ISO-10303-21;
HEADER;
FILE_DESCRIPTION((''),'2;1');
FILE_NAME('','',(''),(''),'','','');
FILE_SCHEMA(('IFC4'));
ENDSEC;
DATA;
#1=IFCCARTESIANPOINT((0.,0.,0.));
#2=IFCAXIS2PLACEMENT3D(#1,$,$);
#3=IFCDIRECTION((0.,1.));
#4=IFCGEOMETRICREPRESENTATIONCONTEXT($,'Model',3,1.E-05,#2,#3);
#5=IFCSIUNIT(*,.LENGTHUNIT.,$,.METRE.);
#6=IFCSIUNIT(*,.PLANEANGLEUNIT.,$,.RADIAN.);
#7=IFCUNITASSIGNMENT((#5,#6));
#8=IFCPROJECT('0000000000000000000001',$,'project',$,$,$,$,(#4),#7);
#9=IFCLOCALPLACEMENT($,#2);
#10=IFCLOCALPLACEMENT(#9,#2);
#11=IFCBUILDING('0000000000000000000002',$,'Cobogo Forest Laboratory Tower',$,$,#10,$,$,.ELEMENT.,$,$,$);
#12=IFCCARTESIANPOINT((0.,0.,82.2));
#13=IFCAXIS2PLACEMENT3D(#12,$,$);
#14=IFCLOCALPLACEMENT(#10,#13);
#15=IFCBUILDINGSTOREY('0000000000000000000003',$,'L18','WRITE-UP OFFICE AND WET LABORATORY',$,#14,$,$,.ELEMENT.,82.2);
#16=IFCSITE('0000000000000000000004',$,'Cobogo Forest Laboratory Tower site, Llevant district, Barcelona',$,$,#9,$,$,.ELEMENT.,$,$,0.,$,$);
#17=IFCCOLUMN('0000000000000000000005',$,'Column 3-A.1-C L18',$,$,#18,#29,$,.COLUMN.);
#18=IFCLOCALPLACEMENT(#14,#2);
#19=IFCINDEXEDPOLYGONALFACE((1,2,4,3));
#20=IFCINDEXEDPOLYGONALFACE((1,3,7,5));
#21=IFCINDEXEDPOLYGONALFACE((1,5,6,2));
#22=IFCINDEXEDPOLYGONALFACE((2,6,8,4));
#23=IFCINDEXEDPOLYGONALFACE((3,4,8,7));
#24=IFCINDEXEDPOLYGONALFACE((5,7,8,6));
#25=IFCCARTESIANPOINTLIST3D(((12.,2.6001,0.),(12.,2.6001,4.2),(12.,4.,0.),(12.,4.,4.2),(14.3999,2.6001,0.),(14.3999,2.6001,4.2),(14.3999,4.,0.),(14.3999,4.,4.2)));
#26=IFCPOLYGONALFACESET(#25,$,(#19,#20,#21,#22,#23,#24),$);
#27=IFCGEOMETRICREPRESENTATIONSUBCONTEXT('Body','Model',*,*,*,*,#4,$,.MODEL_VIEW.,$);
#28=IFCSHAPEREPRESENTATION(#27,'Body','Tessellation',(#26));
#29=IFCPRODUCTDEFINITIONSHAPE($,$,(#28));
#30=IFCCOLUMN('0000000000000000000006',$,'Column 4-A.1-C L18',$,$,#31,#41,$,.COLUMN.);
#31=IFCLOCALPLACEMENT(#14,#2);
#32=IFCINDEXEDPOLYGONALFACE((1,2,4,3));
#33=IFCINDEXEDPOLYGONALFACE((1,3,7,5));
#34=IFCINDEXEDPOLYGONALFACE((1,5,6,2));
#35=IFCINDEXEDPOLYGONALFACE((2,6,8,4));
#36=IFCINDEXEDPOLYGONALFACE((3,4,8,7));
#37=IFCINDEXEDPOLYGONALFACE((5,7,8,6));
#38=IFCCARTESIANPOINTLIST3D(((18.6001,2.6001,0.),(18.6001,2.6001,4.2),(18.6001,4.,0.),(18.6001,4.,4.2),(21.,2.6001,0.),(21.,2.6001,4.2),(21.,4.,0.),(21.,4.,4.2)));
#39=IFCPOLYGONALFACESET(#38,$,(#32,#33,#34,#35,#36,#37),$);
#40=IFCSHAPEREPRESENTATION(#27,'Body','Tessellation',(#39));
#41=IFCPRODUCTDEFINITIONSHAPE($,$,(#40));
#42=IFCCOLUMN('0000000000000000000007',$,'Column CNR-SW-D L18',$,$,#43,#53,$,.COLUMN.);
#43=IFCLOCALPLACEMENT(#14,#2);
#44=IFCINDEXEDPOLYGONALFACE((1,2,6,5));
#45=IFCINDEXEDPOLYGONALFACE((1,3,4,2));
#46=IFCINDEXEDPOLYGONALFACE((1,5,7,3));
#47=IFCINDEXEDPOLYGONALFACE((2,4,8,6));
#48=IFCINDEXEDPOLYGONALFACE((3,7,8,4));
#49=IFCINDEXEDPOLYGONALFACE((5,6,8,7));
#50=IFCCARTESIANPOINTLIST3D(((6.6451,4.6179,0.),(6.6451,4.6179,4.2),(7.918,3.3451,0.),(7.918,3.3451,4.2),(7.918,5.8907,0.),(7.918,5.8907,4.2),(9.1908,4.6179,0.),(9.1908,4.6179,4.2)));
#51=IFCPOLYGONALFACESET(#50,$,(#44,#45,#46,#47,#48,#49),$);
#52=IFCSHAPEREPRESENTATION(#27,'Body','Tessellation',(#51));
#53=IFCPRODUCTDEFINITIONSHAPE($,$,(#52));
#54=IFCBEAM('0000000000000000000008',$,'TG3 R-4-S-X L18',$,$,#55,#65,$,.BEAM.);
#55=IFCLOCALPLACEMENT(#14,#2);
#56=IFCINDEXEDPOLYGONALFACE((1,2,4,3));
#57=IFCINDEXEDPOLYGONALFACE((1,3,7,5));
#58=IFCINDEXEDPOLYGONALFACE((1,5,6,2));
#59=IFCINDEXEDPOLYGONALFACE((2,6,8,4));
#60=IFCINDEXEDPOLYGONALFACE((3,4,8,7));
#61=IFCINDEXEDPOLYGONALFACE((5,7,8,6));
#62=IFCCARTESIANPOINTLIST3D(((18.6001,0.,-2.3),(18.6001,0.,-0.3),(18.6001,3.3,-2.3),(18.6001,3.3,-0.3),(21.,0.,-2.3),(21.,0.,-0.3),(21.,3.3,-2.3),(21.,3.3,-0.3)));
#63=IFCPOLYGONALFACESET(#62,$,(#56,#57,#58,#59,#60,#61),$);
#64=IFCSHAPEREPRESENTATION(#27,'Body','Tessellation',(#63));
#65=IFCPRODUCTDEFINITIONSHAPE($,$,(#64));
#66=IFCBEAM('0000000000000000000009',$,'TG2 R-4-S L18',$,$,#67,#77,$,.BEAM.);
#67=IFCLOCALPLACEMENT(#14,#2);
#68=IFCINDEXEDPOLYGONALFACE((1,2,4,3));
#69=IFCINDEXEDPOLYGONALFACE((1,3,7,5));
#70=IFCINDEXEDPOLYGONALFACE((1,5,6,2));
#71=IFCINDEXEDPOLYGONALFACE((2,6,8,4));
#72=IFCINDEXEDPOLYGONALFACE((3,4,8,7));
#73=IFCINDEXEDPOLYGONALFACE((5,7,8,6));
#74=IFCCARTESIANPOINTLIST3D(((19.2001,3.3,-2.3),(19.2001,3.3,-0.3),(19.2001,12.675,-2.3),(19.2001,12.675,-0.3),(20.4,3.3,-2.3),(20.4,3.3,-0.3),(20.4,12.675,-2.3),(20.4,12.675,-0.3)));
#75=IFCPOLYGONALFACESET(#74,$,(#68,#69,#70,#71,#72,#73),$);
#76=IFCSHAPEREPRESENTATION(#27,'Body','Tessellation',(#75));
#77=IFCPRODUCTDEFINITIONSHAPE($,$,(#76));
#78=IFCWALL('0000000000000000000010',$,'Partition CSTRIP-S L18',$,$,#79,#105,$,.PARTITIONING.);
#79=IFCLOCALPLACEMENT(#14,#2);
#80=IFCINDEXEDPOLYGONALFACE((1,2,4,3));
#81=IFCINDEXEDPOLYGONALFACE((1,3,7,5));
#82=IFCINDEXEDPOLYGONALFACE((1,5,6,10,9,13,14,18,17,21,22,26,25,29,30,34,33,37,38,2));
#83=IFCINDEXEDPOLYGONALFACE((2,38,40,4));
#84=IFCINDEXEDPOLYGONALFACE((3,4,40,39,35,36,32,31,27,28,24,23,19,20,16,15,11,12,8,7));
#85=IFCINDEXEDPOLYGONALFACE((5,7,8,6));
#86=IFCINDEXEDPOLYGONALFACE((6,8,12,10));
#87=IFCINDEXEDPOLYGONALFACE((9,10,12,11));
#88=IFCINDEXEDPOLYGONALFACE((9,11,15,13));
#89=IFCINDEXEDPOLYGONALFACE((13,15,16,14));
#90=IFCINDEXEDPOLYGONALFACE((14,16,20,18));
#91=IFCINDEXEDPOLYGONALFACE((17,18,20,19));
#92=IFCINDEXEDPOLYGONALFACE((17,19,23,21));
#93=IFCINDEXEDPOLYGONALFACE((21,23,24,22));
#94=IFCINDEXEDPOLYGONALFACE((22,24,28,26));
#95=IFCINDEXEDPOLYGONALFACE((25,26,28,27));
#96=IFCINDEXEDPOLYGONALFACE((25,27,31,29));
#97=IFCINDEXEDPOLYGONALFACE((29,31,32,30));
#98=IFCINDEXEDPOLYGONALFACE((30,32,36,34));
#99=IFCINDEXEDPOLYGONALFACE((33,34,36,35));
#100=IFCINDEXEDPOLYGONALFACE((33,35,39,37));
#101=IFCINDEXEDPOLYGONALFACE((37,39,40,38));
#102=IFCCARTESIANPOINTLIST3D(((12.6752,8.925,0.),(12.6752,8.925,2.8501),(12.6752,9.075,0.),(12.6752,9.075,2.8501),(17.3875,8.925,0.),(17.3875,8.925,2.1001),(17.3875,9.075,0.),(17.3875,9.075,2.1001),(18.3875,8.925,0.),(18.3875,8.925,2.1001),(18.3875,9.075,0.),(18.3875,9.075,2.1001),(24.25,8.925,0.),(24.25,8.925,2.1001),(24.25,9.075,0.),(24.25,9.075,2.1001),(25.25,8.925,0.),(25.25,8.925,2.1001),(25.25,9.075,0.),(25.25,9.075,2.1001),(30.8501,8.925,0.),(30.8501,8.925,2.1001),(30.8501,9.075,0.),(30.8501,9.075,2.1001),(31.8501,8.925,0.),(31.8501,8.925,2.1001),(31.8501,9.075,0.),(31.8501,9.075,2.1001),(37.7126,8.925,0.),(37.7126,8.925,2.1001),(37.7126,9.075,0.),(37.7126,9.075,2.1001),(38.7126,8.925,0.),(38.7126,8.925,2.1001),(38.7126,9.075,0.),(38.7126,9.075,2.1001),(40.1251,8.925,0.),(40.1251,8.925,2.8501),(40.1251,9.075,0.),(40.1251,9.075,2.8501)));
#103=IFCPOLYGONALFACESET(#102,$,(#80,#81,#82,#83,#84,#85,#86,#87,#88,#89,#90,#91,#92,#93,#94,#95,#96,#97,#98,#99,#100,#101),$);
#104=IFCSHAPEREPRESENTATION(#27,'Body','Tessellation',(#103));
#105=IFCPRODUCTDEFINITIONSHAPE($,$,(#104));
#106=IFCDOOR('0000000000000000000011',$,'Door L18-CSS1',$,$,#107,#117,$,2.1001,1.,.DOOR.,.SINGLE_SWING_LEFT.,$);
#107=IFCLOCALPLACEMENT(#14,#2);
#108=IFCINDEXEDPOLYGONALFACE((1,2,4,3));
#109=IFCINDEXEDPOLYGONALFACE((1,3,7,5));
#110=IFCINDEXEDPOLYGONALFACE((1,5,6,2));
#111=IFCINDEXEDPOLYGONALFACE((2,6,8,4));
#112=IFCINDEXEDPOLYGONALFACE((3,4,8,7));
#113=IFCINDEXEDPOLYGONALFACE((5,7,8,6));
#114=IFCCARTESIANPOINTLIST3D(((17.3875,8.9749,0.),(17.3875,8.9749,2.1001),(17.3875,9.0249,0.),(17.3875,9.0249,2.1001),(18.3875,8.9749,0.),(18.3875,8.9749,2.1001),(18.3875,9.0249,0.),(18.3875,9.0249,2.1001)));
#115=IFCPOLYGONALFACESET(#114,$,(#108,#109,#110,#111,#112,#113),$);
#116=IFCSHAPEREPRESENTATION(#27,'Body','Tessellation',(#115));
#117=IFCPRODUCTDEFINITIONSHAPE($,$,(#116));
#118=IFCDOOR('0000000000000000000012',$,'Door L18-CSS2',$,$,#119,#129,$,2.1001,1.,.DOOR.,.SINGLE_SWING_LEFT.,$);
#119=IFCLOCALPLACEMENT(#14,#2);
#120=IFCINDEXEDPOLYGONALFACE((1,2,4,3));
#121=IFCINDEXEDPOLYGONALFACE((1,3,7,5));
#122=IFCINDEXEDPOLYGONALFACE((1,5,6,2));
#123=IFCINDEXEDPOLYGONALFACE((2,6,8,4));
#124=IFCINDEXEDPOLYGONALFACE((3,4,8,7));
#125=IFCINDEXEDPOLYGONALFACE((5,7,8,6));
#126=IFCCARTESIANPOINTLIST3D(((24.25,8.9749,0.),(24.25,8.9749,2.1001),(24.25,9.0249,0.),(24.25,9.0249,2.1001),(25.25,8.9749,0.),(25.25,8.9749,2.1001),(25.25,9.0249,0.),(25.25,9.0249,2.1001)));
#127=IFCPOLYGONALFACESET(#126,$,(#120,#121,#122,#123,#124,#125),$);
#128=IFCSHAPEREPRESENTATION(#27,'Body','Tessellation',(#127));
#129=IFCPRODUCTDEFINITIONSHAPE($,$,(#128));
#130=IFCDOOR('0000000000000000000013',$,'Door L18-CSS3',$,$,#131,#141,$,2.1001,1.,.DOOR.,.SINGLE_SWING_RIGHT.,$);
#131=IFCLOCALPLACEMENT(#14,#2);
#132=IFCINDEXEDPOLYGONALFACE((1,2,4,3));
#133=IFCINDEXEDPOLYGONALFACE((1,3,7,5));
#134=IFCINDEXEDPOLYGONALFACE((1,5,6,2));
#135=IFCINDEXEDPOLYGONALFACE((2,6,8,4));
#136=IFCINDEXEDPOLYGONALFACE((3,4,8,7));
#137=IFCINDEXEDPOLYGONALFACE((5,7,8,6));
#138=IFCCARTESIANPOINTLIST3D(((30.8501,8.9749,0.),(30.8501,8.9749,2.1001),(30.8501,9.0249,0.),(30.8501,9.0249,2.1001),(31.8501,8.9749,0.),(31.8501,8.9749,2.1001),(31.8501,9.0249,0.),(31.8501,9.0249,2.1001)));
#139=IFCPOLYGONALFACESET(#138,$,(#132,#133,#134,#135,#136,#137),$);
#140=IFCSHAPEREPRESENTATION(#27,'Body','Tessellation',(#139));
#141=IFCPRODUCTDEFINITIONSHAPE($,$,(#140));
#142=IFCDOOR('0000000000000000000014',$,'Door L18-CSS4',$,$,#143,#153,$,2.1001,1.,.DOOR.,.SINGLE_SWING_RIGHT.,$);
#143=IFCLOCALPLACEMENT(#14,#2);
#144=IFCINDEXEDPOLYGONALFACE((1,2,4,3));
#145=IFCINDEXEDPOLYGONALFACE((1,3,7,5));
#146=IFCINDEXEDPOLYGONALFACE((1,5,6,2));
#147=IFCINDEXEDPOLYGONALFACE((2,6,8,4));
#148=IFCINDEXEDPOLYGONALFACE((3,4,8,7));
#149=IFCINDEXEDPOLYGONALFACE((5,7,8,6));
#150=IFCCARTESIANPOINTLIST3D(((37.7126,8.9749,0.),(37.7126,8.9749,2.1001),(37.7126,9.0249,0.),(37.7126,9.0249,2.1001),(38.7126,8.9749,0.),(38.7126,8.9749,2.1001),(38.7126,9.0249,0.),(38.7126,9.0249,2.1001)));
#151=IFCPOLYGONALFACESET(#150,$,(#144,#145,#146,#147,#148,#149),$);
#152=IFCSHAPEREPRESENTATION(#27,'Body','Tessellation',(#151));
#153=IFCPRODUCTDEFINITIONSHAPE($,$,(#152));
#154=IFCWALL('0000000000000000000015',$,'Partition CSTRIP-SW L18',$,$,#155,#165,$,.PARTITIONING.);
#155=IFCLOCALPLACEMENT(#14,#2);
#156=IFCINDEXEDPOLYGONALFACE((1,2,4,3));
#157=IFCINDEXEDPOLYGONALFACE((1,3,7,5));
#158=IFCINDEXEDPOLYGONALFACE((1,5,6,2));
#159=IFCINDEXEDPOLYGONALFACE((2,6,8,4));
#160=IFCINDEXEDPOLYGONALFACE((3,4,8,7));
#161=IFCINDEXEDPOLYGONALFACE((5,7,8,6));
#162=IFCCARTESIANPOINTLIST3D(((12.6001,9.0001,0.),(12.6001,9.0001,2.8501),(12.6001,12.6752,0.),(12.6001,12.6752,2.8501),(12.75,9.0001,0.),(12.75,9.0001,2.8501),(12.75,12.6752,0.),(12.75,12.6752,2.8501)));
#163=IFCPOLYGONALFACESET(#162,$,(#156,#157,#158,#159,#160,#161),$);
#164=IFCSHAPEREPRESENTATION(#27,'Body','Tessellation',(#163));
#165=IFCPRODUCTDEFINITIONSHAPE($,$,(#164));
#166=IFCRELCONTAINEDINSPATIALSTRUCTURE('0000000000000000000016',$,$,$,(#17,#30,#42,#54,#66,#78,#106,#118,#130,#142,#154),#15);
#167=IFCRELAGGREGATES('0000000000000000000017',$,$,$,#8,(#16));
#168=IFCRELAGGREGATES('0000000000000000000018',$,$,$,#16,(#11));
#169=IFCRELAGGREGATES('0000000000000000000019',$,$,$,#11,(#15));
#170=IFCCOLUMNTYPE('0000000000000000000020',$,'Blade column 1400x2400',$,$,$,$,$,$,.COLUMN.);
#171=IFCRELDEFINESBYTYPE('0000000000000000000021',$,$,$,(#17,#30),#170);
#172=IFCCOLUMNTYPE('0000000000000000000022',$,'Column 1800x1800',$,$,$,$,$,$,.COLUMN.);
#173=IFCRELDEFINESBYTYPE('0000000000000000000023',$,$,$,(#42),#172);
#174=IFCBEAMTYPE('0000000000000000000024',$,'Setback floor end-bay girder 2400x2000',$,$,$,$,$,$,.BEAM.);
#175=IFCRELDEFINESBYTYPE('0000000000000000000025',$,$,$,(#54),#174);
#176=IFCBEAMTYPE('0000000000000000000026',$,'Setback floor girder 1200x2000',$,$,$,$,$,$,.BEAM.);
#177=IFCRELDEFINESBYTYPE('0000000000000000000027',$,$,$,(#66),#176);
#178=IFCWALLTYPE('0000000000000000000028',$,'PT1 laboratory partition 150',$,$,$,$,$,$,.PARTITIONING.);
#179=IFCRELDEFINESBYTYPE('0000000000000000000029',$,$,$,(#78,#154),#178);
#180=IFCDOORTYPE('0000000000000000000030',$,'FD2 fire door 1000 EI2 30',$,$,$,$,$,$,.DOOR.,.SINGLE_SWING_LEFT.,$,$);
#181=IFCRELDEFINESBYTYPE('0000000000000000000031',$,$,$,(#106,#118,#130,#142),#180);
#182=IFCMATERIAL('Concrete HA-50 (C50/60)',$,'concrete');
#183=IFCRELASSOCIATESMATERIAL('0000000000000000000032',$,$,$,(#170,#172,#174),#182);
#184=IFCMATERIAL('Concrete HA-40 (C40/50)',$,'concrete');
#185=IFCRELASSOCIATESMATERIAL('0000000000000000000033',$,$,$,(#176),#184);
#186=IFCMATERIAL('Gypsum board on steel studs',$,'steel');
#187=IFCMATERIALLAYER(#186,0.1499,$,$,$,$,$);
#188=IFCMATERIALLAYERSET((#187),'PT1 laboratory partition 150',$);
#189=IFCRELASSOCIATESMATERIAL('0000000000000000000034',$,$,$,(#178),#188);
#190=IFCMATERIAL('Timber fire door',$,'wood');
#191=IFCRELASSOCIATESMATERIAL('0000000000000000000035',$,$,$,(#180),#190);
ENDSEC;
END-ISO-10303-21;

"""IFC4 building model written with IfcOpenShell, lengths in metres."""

from ifc_helpers import new_model, si_unit, direction, frame, frame_2d, origin, origin_2d, place, context, subcontext, project, spatial, rectangle, extrude, material, layer, layer_set, material_profile, profile_set, type_object, element, fill, save


model = new_model("IFC4")

# Units and contexts
model_context = context("Model", 3, precision=1e-05, world=origin(), true_north=direction((0.0, 1.0)))
body_context = subcontext(model_context, "Body", "Model", "MODEL_VIEW")
ifc_project = project(units=[si_unit("LENGTHUNIT", "METRE"), si_unit("PLANEANGLEUNIT", "RADIAN")], contexts=[model_context])

# Site, building, storey
site_placement = place(None, origin())
site = spatial("IfcSite", under=ifc_project, at=site_placement, Name="Cobogo Forest Laboratory Tower site, Llevant district, Barcelona", CompositionType="ELEMENT", RefElevation=0.0)
building_placement = place(site_placement, origin())
building = spatial("IfcBuilding", under=site, at=building_placement, Name="Cobogo Forest Laboratory Tower", CompositionType="ELEMENT")
storey_placement = place(building_placement, frame((0.0, 0.0, 82.2)))
storey = spatial("IfcBuildingStorey", under=building, at=storey_placement, Name="L18", Description="WRITE-UP OFFICE AND WET LABORATORY", CompositionType="ELEMENT", Elevation=82.2)

# Columns
ifc_material_1 = material(Name="Concrete HA-50 (C50/60)", Category="concrete")
ifc_material_profile_1 = material_profile(ifc_material_1, rectangle(XDim=2.3999, YDim=1.3999, at=origin_2d()), Name="RC 1400x2400")
ifc_profile_set_1 = profile_set([ifc_material_profile_1], Name="Concrete HA-50 (C50/60)")
column_type_1 = type_object("IfcColumnType", Name="Blade column 1400x2400", PredefinedType="COLUMN", material=ifc_profile_set_1)
for number, where, z_axis, x_axis, name in (
    (1, (13.2, 3.3, 0.0), (0.0, 0.0, 1.0), (1.0, 0.0, 0.0), "Column 3-A.1-C L18"),
    (2, (19.8, 3.3, 0.0), (0.0, 0.0, 1.0), (1.0, 0.0, 0.0), "Column 4-A.1-C L18"),
):
    element("IfcColumn", number, at=place(storey_placement, frame(where, z_axis=z_axis, x_axis=x_axis)), inside=storey, type_object=column_type_1, Name=name, PredefinedType="COLUMN", context=body_context, shape_type="SweptSolid", body=[
        extrude(rectangle(XDim=2.3999, YDim=1.3999, at=origin_2d()), origin(), (0.0, 0.0, 1.0), 4.2),
    ])
ifc_material_profile_2 = material_profile(ifc_material_1, rectangle(XDim=1.8, YDim=1.8, at=origin_2d()), Name="RC 1800x1800")
ifc_profile_set_2 = profile_set([ifc_material_profile_2], Name="Concrete HA-50 (C50/60)")
column_type_2 = type_object("IfcColumnType", Name="Column 1800x1800", PredefinedType="COLUMN", material=ifc_profile_set_2)
column_placement = place(storey_placement, frame((7.918, 4.6179, 0.0), z_axis=(0.0, 0.0, 1.0), x_axis=(0.707107, 0.707107, 0.0)))
element("IfcColumn", 3, at=column_placement, inside=storey, type_object=column_type_2, Name="Column CNR-SW-D L18", PredefinedType="COLUMN", context=body_context, shape_type="SweptSolid", body=[
    extrude(rectangle(XDim=1.8, YDim=1.8, at=origin_2d()), origin(), (0.0, 0.0, 1.0), 4.2),
])

# Beams
ifc_material_profile_3 = material_profile(ifc_material_1, rectangle(XDim=2.3999, YDim=2.0, at=origin_2d()), Name="RC 2400x2000")
ifc_profile_set_3 = profile_set([ifc_material_profile_3], Name="Concrete HA-50 (C50/60)")
beam_type_1 = type_object("IfcBeamType", Name="Setback floor end-bay girder 2400x2000", PredefinedType="BEAM", material=ifc_profile_set_3)
beam_1_placement = place(storey_placement, frame((19.8, 0.0, -1.3), z_axis=(0.0, 1.0, 0.0), x_axis=(-1.0, 0.0, 0.0)))
element("IfcBeam", 4, at=beam_1_placement, inside=storey, type_object=beam_type_1, Name="TG3 R-4-S-X L18", PredefinedType="BEAM", context=body_context, shape_type="SweptSolid", body=[
    extrude(rectangle(XDim=2.3999, YDim=2.0, at=origin_2d()), origin(), (0.0, 0.0, 1.0), 3.3),
])
ifc_material_2 = material(Name="Concrete HA-40 (C40/50)", Category="concrete")
ifc_material_profile_4 = material_profile(ifc_material_2, rectangle(XDim=1.2, YDim=2.0, at=origin_2d()), Name="RC 1200x2000")
ifc_profile_set_4 = profile_set([ifc_material_profile_4], Name="Concrete HA-40 (C40/50)")
beam_type_2 = type_object("IfcBeamType", Name="Setback floor girder 1200x2000", PredefinedType="BEAM", material=ifc_profile_set_4)
beam_2_placement = place(storey_placement, frame((19.8, 12.675, -1.3), z_axis=(0.0, -1.0, 0.0), x_axis=(1.0, 0.0, 0.0)))
element("IfcBeam", 5, at=beam_2_placement, inside=storey, type_object=beam_type_2, Name="TG2 R-4-S L18", PredefinedType="BEAM", context=body_context, shape_type="SweptSolid", body=[
    extrude(rectangle(XDim=1.2, YDim=2.0, at=origin_2d()), origin(), (0.0, 0.0, 1.0), 9.375),
])

# Wall, openings, doors
ifc_material_3 = material(Name="Gypsum board on steel studs", Category="steel")
ifc_layer_1 = layer(ifc_material_3, 0.1499)
ifc_layer_set_1 = layer_set([ifc_layer_1], Name="PT1 laboratory partition 150")
wall_type_1 = type_object("IfcWallType", Name="PT1 laboratory partition 150", PredefinedType="PARTITIONING", material=ifc_layer_set_1)
wall_1_placement = place(storey_placement, frame((12.675, 9.0, 0.0), z_axis=(0.0, 0.0, 1.0), x_axis=(1.0, 0.0, 0.0)))
wall_1 = element("IfcWall", 6, at=wall_1_placement, inside=storey, type_object=wall_type_1, Name="Partition CSTRIP-S L18", PredefinedType="PARTITIONING", context=body_context, shape_type="SweptSolid", body=[
    extrude(rectangle(XDim=27.45, YDim=0.1499, at=frame_2d((13.7251, 0.0))), origin(), (0.0, 0.0, 1.0), 2.8501),
])
opening_1_placement = place(wall_1_placement, frame((4.7124, 0.0, 0.0)))
opening_1 = element("IfcOpeningElement", 7, at=opening_1_placement, cuts=wall_1, PredefinedType="OPENING", context=body_context, shape_type="SweptSolid", body=[
    extrude(rectangle(XDim=1.0, YDim=2.1001, at=frame_2d((0.5, 1.05))), frame((0.0, 0.085, 0.0), z_axis=(0.0, -1.0, 0.0), x_axis=(1.0, 0.0, 0.0)), (0.0, 0.0, 1.0), 0.1699),
])
opening_2_placement = place(wall_1_placement, frame((11.575, 0.0, 0.0)))
opening_2 = element("IfcOpeningElement", 8, at=opening_2_placement, cuts=wall_1, PredefinedType="OPENING", context=body_context, shape_type="SweptSolid", body=[
    extrude(rectangle(XDim=1.0, YDim=2.1001, at=frame_2d((0.5, 1.05))), frame((0.0, 0.085, 0.0), z_axis=(0.0, -1.0, 0.0), x_axis=(1.0, 0.0, 0.0)), (0.0, 0.0, 1.0), 0.1699),
])
opening_3_placement = place(wall_1_placement, frame((18.175, 0.0, 0.0)))
opening_3 = element("IfcOpeningElement", 9, at=opening_3_placement, cuts=wall_1, PredefinedType="OPENING", context=body_context, shape_type="SweptSolid", body=[
    extrude(rectangle(XDim=1.0, YDim=2.1001, at=frame_2d((0.5, 1.05))), frame((0.0, 0.085, 0.0), z_axis=(0.0, -1.0, 0.0), x_axis=(1.0, 0.0, 0.0)), (0.0, 0.0, 1.0), 0.1699),
])
opening_4_placement = place(wall_1_placement, frame((25.0376, 0.0, 0.0)))
opening_4 = element("IfcOpeningElement", 10, at=opening_4_placement, cuts=wall_1, PredefinedType="OPENING", context=body_context, shape_type="SweptSolid", body=[
    extrude(rectangle(XDim=1.0, YDim=2.1001, at=frame_2d((0.5, 1.05))), frame((0.0, 0.085, 0.0), z_axis=(0.0, -1.0, 0.0), x_axis=(1.0, 0.0, 0.0)), (0.0, 0.0, 1.0), 0.1699),
])
ifc_material_4 = material(Name="Timber fire door", Category="wood")
door_type_1 = type_object("IfcDoorType", Name="FD2 fire door 1000 EI2 30", OperationType="SINGLE_SWING_LEFT", PredefinedType="DOOR", material=ifc_material_4)
door_1_placement = place(opening_1_placement, origin())
door_1 = element("IfcDoor", 11, at=door_1_placement, inside=storey, type_object=door_type_1, Name="Door L18-CSS1", OperationType="SINGLE_SWING_LEFT", OverallHeight=2.1001, OverallWidth=1.0, PredefinedType="DOOR", context=body_context, shape_type="SweptSolid", body=[
    extrude(rectangle(XDim=1.0, YDim=2.1001, at=frame_2d((0.5, 1.05))), frame((0.0, 0.0249, 0.0), z_axis=(0.0, -1.0, 0.0), x_axis=(1.0, 0.0, 0.0)), (0.0, 0.0, 1.0), 0.05),
])
fill(opening_1, door_1)
door_2_placement = place(opening_2_placement, origin())
door_2 = element("IfcDoor", 12, at=door_2_placement, inside=storey, type_object=door_type_1, Name="Door L18-CSS2", OperationType="SINGLE_SWING_LEFT", OverallHeight=2.1001, OverallWidth=1.0, PredefinedType="DOOR", context=body_context, shape_type="SweptSolid", body=[
    extrude(rectangle(XDim=1.0, YDim=2.1001, at=frame_2d((0.5, 1.05))), frame((0.0, 0.0249, 0.0), z_axis=(0.0, -1.0, 0.0), x_axis=(1.0, 0.0, 0.0)), (0.0, 0.0, 1.0), 0.05),
])
fill(opening_2, door_2)
door_3_placement = place(opening_3_placement, origin())
door_3 = element("IfcDoor", 13, at=door_3_placement, inside=storey, type_object=door_type_1, Name="Door L18-CSS3", OperationType="SINGLE_SWING_RIGHT", OverallHeight=2.1001, OverallWidth=1.0, PredefinedType="DOOR", context=body_context, shape_type="SweptSolid", body=[
    extrude(rectangle(XDim=1.0, YDim=2.1001, at=frame_2d((0.5, 1.05))), frame((0.0, 0.0249, 0.0), z_axis=(0.0, -1.0, 0.0), x_axis=(1.0, 0.0, 0.0)), (0.0, 0.0, 1.0), 0.05),
])
fill(opening_3, door_3)
door_4_placement = place(opening_4_placement, origin())
door_4 = element("IfcDoor", 14, at=door_4_placement, inside=storey, type_object=door_type_1, Name="Door L18-CSS4", OperationType="SINGLE_SWING_RIGHT", OverallHeight=2.1001, OverallWidth=1.0, PredefinedType="DOOR", context=body_context, shape_type="SweptSolid", body=[
    extrude(rectangle(XDim=1.0, YDim=2.1001, at=frame_2d((0.5, 1.05))), frame((0.0, 0.0249, 0.0), z_axis=(0.0, -1.0, 0.0), x_axis=(1.0, 0.0, 0.0)), (0.0, 0.0, 1.0), 0.05),
])
fill(opening_4, door_4)

# Wall
wall_2_placement = place(storey_placement, frame((12.675, 12.675, 0.0), z_axis=(0.0, 0.0, 1.0), x_axis=(0.0, -1.0, 0.0)))
element("IfcWall", 15, at=wall_2_placement, inside=storey, type_object=wall_type_1, Name="Partition CSTRIP-SW L18", PredefinedType="PARTITIONING", context=body_context, shape_type="SweptSolid", body=[
    extrude(rectangle(XDim=3.675, YDim=0.1499, at=frame_2d((1.8374, 0.0))), origin(), (0.0, 0.0, 1.0), 2.8501),
])

save(model, "model.ifc")
